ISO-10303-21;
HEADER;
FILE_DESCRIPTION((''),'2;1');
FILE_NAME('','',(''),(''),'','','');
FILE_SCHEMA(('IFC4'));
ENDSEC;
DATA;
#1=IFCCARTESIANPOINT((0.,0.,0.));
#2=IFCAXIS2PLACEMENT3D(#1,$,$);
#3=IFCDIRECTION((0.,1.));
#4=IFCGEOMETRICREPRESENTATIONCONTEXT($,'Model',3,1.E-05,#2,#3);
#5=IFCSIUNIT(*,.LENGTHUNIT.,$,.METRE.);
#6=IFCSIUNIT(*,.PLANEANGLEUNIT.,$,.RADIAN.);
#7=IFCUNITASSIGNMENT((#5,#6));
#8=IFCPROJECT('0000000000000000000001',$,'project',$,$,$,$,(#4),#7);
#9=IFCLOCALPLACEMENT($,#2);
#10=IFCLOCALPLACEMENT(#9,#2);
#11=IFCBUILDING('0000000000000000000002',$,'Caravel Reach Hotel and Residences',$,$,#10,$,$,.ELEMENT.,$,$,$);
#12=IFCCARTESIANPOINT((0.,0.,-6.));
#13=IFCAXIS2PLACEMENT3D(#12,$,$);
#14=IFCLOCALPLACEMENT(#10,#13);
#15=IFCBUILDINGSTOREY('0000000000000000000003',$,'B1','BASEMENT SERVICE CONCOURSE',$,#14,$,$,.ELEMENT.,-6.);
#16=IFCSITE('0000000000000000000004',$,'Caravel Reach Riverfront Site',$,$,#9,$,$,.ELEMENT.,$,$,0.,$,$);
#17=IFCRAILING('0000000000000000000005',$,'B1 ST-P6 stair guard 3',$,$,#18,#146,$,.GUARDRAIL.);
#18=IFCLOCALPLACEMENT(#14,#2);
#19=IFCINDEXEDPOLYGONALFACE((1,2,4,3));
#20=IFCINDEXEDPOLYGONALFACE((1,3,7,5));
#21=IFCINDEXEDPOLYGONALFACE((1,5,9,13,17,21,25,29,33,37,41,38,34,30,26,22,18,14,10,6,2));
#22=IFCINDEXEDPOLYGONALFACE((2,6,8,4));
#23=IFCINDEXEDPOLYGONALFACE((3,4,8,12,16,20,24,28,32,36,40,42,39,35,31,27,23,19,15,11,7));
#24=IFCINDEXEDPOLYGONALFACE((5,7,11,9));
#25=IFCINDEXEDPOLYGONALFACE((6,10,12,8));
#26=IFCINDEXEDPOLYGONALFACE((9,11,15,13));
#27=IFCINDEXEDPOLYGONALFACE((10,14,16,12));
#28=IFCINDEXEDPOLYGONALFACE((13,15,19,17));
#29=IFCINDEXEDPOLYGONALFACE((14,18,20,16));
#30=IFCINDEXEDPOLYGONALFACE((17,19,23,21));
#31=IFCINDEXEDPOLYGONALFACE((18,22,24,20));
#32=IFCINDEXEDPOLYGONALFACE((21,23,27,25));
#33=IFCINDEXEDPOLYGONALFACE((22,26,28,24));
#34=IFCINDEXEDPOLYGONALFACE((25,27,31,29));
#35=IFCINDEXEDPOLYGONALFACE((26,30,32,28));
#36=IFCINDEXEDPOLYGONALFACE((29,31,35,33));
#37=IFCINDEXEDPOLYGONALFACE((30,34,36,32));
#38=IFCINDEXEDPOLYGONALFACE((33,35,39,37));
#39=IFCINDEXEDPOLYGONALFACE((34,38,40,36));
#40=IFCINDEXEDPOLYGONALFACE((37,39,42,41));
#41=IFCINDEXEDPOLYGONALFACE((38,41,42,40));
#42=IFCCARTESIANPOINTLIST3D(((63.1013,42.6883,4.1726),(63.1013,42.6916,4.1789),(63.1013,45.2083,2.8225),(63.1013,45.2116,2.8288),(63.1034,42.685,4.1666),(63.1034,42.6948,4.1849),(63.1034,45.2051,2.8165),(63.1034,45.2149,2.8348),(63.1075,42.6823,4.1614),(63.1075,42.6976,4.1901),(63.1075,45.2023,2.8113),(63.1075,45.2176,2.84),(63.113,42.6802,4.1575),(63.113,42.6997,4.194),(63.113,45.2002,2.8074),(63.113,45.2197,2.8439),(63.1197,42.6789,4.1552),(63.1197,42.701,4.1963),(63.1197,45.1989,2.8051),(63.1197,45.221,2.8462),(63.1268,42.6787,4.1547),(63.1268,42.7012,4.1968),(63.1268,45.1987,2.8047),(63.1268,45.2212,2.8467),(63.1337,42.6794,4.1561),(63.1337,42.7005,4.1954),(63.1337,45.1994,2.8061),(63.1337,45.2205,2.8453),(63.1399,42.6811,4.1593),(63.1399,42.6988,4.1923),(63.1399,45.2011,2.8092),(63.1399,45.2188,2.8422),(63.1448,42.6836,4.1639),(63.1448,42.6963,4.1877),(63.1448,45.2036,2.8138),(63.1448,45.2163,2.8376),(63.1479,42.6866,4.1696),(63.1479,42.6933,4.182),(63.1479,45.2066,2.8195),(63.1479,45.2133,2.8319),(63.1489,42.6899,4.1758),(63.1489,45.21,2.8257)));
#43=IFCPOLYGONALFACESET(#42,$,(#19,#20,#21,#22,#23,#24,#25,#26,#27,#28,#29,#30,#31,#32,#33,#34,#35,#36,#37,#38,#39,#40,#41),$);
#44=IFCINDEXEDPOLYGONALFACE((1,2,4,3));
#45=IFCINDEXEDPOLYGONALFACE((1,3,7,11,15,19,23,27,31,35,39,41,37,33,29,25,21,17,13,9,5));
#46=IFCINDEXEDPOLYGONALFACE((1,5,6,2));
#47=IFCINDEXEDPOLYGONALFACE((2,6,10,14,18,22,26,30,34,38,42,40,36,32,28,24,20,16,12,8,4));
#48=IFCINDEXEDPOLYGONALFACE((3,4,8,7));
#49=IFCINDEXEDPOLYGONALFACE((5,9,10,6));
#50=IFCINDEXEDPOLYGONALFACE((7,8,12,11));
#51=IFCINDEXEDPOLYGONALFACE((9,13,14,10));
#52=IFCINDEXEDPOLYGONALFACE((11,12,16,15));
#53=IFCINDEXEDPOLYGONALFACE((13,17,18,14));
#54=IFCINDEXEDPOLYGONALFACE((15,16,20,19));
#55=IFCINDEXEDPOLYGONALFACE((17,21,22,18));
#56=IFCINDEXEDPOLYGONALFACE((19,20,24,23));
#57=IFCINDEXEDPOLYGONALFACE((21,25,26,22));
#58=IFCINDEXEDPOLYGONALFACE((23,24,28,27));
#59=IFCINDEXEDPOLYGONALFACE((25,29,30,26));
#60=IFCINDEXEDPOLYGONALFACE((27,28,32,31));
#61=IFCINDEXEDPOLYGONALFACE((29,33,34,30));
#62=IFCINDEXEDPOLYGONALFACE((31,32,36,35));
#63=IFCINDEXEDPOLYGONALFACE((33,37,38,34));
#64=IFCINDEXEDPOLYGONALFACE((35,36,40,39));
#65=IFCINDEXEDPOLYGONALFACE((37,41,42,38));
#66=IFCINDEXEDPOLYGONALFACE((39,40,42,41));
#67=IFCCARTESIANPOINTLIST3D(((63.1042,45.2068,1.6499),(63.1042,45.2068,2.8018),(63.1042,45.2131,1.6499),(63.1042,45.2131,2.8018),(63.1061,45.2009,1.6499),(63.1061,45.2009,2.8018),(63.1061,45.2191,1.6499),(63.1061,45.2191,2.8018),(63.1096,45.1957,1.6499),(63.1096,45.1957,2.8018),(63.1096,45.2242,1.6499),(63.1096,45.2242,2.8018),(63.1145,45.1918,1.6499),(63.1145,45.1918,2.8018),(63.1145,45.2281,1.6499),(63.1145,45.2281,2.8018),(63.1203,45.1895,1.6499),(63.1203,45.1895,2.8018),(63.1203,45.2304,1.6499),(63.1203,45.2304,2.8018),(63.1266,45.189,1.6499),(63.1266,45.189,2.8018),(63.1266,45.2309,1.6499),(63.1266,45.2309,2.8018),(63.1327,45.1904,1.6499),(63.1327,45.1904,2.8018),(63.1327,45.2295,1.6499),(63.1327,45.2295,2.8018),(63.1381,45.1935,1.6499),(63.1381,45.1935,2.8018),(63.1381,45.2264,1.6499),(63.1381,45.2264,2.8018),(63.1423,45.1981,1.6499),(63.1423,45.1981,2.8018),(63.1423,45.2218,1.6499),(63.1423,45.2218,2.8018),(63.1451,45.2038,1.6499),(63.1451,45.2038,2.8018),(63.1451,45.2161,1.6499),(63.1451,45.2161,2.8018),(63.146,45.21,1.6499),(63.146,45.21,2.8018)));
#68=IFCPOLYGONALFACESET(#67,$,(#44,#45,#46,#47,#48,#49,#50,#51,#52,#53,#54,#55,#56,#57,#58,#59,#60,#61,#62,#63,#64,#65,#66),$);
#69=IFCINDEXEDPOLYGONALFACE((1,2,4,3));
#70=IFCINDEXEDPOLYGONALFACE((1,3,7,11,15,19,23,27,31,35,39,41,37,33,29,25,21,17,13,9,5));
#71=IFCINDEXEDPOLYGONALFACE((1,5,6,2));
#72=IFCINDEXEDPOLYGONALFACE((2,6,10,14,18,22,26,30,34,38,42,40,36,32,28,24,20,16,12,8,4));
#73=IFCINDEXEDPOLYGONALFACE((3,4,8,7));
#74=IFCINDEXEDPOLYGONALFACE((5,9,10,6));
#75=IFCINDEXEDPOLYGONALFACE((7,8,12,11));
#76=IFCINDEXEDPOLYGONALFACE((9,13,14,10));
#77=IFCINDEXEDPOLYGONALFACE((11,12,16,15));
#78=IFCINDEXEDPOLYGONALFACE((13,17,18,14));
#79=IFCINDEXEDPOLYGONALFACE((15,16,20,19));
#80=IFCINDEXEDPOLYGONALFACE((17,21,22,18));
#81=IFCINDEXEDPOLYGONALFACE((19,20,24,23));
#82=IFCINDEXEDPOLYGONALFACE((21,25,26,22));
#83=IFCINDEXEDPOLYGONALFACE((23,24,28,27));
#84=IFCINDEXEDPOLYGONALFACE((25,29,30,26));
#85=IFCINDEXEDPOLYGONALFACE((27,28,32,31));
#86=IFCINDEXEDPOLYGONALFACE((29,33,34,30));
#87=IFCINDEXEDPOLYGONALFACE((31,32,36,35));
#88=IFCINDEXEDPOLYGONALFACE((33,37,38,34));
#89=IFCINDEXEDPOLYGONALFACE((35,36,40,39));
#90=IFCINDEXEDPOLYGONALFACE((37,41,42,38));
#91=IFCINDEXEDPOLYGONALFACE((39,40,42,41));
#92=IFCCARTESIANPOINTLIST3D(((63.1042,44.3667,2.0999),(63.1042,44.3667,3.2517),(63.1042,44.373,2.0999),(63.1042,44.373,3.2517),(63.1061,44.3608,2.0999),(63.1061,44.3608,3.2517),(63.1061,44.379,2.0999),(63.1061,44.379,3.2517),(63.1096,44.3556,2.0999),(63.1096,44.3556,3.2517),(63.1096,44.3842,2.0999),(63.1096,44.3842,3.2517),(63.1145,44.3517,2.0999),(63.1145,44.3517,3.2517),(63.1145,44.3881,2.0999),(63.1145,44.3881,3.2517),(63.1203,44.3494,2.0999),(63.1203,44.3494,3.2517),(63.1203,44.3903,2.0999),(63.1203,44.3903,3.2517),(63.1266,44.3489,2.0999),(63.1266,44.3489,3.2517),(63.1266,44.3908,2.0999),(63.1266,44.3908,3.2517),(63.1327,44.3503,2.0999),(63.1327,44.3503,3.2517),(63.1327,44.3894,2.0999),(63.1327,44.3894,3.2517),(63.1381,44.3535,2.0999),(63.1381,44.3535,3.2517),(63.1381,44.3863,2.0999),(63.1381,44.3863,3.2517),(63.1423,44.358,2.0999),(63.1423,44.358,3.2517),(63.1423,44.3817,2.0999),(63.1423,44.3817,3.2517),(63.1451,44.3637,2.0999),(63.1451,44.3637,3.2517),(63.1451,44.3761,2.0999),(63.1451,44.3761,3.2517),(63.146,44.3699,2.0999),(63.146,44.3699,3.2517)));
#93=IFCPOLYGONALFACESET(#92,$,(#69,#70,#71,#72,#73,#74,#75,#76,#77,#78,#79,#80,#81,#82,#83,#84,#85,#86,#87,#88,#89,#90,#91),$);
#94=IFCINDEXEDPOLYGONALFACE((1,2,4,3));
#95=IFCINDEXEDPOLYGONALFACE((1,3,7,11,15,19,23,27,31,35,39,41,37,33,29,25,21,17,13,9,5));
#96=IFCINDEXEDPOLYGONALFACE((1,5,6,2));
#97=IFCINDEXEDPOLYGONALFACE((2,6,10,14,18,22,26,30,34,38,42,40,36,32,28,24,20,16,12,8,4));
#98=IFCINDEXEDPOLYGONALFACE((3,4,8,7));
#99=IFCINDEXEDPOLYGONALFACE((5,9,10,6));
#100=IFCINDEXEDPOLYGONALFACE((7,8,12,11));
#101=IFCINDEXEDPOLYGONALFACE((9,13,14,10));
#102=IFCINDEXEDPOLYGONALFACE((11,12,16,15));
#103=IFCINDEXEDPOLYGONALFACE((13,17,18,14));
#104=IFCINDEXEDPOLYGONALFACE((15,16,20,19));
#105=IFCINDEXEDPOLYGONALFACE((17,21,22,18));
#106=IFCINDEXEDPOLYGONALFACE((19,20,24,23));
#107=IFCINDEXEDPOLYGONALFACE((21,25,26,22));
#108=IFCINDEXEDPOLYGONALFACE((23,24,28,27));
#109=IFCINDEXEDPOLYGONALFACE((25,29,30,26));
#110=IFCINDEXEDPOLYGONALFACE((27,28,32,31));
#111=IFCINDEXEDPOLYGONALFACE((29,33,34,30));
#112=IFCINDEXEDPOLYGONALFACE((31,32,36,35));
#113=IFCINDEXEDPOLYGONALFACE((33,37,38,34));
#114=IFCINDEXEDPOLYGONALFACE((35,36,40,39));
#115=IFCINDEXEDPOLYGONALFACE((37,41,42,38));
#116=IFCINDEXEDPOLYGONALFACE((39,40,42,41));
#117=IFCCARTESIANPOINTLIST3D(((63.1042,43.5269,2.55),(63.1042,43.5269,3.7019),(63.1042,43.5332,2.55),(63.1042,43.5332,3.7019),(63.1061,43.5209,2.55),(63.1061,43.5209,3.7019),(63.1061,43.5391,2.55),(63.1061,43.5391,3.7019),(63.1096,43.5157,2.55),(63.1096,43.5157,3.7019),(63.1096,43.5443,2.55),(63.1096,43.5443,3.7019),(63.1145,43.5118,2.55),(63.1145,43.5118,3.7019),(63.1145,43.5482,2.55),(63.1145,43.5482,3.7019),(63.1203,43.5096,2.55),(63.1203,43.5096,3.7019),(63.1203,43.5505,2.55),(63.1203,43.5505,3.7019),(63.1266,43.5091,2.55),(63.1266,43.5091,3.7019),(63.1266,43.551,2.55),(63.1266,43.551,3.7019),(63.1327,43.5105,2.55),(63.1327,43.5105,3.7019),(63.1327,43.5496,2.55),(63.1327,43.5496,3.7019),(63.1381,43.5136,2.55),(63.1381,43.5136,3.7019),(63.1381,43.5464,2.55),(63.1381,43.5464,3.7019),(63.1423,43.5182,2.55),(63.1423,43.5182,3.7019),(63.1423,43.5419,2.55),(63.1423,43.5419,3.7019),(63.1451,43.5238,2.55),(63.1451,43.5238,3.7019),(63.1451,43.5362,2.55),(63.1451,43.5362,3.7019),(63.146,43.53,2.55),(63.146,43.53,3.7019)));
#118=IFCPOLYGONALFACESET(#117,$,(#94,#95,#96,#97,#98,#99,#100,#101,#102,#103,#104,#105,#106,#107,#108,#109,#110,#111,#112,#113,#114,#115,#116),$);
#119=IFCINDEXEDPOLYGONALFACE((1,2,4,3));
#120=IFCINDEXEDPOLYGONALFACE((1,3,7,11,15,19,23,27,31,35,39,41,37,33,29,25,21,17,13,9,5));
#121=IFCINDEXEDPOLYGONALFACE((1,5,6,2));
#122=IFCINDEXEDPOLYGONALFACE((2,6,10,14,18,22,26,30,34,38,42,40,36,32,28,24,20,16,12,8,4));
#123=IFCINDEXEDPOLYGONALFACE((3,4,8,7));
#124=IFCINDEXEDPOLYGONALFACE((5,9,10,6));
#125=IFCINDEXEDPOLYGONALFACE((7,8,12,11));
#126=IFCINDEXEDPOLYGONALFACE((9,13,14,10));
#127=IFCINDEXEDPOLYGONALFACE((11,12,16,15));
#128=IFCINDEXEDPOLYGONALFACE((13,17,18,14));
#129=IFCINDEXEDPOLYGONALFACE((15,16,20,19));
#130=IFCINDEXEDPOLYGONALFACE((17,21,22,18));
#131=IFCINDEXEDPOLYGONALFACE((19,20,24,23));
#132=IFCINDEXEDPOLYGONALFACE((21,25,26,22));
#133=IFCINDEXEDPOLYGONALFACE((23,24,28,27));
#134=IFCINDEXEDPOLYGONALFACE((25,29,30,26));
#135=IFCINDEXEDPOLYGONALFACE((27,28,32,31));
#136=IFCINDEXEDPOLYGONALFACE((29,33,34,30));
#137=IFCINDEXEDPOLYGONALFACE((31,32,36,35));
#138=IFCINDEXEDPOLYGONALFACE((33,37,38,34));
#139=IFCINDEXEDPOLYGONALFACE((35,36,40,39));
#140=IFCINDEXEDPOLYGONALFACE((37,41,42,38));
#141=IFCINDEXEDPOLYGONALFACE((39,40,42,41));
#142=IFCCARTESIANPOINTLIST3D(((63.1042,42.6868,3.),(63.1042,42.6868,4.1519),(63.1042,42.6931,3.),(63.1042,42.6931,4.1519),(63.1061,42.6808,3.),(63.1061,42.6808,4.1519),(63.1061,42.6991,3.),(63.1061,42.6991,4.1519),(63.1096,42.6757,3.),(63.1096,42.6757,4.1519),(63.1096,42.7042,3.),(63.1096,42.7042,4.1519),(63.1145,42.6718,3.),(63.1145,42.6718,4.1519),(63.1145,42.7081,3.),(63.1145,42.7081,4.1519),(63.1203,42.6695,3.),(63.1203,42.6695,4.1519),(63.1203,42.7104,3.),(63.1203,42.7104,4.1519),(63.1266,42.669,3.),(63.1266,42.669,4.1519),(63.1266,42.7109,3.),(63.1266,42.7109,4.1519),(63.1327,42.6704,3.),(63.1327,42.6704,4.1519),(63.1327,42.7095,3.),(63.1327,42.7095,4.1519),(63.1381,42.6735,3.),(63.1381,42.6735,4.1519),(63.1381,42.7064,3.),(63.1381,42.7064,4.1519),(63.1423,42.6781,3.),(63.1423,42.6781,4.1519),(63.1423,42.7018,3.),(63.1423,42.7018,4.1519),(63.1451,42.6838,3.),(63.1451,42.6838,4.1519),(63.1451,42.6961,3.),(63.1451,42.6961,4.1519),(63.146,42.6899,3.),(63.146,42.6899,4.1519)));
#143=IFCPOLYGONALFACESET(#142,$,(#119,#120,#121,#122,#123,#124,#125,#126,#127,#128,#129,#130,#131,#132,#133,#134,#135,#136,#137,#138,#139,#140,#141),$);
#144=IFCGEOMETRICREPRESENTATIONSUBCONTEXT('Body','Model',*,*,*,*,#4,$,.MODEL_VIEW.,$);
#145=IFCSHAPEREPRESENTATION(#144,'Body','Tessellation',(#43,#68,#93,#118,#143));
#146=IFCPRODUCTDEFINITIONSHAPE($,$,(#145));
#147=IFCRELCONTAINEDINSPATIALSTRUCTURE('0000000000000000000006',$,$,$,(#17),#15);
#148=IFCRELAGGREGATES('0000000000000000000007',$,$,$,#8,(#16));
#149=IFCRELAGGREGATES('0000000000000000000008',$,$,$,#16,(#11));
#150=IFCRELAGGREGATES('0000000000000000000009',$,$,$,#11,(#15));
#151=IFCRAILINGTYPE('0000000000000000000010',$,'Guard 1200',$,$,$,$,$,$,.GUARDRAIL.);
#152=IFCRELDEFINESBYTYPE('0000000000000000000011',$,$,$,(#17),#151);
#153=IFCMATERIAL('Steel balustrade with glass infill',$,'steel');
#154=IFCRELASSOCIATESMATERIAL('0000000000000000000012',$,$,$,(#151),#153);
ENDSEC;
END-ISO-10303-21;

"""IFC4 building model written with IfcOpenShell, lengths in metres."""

from ifc_helpers import new_model, si_unit, direction, frame, origin, origin_2d, place, context, subcontext, project, spatial, circle, extrude, material, type_object, element, save


model = new_model("IFC4")

# Units and contexts
model_context = context("Model", 3, precision=1e-05, world=origin(), true_north=direction((0.0, 1.0)))
body_context = subcontext(model_context, "Body", "Model", "MODEL_VIEW")
ifc_project = project(units=[si_unit("LENGTHUNIT", "METRE"), si_unit("PLANEANGLEUNIT", "RADIAN")], contexts=[model_context])

# Site, building, storey
site_placement = place(None, origin())
site = spatial("IfcSite", under=ifc_project, at=site_placement, Name="Caravel Reach Riverfront Site", CompositionType="ELEMENT", RefElevation=0.0)
building_placement = place(site_placement, origin())
building = spatial("IfcBuilding", under=site, at=building_placement, Name="Caravel Reach Hotel and Residences", CompositionType="ELEMENT")
storey_placement = place(building_placement, frame((0.0, 0.0, -6.0)))
storey = spatial("IfcBuildingStorey", under=building, at=storey_placement, Name="B1", Description="BASEMENT SERVICE CONCOURSE", CompositionType="ELEMENT", Elevation=-6.0)

# Railing
ifc_material_1 = material(Name="Steel balustrade with glass infill", Category="steel")
railing_type_1 = type_object("IfcRailingType", Name="Guard 1200", PredefinedType="GUARDRAIL", material=ifc_material_1)
railing_1_placement = place(storey_placement, frame((63.125, 45.21, 1.6499)))
element("IfcRailing", 1, at=railing_1_placement, inside=storey, type_object=railing_type_1, Name="B1 ST-P6 stair guard 3", PredefinedType="GUARDRAIL", context=body_context, shape_type="SweptSolid", body=[
    extrude(circle(Radius=0.0239, at=origin_2d()), frame((0.0, 0.0, 1.1758), z_axis=(0.0, -0.881467, 0.472245), x_axis=(1.0, 0.0, 0.0)), (0.0, 0.0, 1.0), 2.8589),
    extrude(circle(Radius=0.021, at=origin_2d()), origin(), (0.0, 0.0, 1.0), 1.1519),
    extrude(circle(Radius=0.021, at=origin_2d()), frame((0.0, -0.8401, 0.45)), (0.0, 0.0, 1.0), 1.1519),
    extrude(circle(Radius=0.021, at=origin_2d()), frame((0.0, -1.6799, 0.9001)), (0.0, 0.0, 1.0), 1.1519),
    extrude(circle(Radius=0.021, at=origin_2d()), frame((0.0, -2.52, 1.3501)), (0.0, 0.0, 1.0), 1.1519),
])

save(model, "model.ifc")
